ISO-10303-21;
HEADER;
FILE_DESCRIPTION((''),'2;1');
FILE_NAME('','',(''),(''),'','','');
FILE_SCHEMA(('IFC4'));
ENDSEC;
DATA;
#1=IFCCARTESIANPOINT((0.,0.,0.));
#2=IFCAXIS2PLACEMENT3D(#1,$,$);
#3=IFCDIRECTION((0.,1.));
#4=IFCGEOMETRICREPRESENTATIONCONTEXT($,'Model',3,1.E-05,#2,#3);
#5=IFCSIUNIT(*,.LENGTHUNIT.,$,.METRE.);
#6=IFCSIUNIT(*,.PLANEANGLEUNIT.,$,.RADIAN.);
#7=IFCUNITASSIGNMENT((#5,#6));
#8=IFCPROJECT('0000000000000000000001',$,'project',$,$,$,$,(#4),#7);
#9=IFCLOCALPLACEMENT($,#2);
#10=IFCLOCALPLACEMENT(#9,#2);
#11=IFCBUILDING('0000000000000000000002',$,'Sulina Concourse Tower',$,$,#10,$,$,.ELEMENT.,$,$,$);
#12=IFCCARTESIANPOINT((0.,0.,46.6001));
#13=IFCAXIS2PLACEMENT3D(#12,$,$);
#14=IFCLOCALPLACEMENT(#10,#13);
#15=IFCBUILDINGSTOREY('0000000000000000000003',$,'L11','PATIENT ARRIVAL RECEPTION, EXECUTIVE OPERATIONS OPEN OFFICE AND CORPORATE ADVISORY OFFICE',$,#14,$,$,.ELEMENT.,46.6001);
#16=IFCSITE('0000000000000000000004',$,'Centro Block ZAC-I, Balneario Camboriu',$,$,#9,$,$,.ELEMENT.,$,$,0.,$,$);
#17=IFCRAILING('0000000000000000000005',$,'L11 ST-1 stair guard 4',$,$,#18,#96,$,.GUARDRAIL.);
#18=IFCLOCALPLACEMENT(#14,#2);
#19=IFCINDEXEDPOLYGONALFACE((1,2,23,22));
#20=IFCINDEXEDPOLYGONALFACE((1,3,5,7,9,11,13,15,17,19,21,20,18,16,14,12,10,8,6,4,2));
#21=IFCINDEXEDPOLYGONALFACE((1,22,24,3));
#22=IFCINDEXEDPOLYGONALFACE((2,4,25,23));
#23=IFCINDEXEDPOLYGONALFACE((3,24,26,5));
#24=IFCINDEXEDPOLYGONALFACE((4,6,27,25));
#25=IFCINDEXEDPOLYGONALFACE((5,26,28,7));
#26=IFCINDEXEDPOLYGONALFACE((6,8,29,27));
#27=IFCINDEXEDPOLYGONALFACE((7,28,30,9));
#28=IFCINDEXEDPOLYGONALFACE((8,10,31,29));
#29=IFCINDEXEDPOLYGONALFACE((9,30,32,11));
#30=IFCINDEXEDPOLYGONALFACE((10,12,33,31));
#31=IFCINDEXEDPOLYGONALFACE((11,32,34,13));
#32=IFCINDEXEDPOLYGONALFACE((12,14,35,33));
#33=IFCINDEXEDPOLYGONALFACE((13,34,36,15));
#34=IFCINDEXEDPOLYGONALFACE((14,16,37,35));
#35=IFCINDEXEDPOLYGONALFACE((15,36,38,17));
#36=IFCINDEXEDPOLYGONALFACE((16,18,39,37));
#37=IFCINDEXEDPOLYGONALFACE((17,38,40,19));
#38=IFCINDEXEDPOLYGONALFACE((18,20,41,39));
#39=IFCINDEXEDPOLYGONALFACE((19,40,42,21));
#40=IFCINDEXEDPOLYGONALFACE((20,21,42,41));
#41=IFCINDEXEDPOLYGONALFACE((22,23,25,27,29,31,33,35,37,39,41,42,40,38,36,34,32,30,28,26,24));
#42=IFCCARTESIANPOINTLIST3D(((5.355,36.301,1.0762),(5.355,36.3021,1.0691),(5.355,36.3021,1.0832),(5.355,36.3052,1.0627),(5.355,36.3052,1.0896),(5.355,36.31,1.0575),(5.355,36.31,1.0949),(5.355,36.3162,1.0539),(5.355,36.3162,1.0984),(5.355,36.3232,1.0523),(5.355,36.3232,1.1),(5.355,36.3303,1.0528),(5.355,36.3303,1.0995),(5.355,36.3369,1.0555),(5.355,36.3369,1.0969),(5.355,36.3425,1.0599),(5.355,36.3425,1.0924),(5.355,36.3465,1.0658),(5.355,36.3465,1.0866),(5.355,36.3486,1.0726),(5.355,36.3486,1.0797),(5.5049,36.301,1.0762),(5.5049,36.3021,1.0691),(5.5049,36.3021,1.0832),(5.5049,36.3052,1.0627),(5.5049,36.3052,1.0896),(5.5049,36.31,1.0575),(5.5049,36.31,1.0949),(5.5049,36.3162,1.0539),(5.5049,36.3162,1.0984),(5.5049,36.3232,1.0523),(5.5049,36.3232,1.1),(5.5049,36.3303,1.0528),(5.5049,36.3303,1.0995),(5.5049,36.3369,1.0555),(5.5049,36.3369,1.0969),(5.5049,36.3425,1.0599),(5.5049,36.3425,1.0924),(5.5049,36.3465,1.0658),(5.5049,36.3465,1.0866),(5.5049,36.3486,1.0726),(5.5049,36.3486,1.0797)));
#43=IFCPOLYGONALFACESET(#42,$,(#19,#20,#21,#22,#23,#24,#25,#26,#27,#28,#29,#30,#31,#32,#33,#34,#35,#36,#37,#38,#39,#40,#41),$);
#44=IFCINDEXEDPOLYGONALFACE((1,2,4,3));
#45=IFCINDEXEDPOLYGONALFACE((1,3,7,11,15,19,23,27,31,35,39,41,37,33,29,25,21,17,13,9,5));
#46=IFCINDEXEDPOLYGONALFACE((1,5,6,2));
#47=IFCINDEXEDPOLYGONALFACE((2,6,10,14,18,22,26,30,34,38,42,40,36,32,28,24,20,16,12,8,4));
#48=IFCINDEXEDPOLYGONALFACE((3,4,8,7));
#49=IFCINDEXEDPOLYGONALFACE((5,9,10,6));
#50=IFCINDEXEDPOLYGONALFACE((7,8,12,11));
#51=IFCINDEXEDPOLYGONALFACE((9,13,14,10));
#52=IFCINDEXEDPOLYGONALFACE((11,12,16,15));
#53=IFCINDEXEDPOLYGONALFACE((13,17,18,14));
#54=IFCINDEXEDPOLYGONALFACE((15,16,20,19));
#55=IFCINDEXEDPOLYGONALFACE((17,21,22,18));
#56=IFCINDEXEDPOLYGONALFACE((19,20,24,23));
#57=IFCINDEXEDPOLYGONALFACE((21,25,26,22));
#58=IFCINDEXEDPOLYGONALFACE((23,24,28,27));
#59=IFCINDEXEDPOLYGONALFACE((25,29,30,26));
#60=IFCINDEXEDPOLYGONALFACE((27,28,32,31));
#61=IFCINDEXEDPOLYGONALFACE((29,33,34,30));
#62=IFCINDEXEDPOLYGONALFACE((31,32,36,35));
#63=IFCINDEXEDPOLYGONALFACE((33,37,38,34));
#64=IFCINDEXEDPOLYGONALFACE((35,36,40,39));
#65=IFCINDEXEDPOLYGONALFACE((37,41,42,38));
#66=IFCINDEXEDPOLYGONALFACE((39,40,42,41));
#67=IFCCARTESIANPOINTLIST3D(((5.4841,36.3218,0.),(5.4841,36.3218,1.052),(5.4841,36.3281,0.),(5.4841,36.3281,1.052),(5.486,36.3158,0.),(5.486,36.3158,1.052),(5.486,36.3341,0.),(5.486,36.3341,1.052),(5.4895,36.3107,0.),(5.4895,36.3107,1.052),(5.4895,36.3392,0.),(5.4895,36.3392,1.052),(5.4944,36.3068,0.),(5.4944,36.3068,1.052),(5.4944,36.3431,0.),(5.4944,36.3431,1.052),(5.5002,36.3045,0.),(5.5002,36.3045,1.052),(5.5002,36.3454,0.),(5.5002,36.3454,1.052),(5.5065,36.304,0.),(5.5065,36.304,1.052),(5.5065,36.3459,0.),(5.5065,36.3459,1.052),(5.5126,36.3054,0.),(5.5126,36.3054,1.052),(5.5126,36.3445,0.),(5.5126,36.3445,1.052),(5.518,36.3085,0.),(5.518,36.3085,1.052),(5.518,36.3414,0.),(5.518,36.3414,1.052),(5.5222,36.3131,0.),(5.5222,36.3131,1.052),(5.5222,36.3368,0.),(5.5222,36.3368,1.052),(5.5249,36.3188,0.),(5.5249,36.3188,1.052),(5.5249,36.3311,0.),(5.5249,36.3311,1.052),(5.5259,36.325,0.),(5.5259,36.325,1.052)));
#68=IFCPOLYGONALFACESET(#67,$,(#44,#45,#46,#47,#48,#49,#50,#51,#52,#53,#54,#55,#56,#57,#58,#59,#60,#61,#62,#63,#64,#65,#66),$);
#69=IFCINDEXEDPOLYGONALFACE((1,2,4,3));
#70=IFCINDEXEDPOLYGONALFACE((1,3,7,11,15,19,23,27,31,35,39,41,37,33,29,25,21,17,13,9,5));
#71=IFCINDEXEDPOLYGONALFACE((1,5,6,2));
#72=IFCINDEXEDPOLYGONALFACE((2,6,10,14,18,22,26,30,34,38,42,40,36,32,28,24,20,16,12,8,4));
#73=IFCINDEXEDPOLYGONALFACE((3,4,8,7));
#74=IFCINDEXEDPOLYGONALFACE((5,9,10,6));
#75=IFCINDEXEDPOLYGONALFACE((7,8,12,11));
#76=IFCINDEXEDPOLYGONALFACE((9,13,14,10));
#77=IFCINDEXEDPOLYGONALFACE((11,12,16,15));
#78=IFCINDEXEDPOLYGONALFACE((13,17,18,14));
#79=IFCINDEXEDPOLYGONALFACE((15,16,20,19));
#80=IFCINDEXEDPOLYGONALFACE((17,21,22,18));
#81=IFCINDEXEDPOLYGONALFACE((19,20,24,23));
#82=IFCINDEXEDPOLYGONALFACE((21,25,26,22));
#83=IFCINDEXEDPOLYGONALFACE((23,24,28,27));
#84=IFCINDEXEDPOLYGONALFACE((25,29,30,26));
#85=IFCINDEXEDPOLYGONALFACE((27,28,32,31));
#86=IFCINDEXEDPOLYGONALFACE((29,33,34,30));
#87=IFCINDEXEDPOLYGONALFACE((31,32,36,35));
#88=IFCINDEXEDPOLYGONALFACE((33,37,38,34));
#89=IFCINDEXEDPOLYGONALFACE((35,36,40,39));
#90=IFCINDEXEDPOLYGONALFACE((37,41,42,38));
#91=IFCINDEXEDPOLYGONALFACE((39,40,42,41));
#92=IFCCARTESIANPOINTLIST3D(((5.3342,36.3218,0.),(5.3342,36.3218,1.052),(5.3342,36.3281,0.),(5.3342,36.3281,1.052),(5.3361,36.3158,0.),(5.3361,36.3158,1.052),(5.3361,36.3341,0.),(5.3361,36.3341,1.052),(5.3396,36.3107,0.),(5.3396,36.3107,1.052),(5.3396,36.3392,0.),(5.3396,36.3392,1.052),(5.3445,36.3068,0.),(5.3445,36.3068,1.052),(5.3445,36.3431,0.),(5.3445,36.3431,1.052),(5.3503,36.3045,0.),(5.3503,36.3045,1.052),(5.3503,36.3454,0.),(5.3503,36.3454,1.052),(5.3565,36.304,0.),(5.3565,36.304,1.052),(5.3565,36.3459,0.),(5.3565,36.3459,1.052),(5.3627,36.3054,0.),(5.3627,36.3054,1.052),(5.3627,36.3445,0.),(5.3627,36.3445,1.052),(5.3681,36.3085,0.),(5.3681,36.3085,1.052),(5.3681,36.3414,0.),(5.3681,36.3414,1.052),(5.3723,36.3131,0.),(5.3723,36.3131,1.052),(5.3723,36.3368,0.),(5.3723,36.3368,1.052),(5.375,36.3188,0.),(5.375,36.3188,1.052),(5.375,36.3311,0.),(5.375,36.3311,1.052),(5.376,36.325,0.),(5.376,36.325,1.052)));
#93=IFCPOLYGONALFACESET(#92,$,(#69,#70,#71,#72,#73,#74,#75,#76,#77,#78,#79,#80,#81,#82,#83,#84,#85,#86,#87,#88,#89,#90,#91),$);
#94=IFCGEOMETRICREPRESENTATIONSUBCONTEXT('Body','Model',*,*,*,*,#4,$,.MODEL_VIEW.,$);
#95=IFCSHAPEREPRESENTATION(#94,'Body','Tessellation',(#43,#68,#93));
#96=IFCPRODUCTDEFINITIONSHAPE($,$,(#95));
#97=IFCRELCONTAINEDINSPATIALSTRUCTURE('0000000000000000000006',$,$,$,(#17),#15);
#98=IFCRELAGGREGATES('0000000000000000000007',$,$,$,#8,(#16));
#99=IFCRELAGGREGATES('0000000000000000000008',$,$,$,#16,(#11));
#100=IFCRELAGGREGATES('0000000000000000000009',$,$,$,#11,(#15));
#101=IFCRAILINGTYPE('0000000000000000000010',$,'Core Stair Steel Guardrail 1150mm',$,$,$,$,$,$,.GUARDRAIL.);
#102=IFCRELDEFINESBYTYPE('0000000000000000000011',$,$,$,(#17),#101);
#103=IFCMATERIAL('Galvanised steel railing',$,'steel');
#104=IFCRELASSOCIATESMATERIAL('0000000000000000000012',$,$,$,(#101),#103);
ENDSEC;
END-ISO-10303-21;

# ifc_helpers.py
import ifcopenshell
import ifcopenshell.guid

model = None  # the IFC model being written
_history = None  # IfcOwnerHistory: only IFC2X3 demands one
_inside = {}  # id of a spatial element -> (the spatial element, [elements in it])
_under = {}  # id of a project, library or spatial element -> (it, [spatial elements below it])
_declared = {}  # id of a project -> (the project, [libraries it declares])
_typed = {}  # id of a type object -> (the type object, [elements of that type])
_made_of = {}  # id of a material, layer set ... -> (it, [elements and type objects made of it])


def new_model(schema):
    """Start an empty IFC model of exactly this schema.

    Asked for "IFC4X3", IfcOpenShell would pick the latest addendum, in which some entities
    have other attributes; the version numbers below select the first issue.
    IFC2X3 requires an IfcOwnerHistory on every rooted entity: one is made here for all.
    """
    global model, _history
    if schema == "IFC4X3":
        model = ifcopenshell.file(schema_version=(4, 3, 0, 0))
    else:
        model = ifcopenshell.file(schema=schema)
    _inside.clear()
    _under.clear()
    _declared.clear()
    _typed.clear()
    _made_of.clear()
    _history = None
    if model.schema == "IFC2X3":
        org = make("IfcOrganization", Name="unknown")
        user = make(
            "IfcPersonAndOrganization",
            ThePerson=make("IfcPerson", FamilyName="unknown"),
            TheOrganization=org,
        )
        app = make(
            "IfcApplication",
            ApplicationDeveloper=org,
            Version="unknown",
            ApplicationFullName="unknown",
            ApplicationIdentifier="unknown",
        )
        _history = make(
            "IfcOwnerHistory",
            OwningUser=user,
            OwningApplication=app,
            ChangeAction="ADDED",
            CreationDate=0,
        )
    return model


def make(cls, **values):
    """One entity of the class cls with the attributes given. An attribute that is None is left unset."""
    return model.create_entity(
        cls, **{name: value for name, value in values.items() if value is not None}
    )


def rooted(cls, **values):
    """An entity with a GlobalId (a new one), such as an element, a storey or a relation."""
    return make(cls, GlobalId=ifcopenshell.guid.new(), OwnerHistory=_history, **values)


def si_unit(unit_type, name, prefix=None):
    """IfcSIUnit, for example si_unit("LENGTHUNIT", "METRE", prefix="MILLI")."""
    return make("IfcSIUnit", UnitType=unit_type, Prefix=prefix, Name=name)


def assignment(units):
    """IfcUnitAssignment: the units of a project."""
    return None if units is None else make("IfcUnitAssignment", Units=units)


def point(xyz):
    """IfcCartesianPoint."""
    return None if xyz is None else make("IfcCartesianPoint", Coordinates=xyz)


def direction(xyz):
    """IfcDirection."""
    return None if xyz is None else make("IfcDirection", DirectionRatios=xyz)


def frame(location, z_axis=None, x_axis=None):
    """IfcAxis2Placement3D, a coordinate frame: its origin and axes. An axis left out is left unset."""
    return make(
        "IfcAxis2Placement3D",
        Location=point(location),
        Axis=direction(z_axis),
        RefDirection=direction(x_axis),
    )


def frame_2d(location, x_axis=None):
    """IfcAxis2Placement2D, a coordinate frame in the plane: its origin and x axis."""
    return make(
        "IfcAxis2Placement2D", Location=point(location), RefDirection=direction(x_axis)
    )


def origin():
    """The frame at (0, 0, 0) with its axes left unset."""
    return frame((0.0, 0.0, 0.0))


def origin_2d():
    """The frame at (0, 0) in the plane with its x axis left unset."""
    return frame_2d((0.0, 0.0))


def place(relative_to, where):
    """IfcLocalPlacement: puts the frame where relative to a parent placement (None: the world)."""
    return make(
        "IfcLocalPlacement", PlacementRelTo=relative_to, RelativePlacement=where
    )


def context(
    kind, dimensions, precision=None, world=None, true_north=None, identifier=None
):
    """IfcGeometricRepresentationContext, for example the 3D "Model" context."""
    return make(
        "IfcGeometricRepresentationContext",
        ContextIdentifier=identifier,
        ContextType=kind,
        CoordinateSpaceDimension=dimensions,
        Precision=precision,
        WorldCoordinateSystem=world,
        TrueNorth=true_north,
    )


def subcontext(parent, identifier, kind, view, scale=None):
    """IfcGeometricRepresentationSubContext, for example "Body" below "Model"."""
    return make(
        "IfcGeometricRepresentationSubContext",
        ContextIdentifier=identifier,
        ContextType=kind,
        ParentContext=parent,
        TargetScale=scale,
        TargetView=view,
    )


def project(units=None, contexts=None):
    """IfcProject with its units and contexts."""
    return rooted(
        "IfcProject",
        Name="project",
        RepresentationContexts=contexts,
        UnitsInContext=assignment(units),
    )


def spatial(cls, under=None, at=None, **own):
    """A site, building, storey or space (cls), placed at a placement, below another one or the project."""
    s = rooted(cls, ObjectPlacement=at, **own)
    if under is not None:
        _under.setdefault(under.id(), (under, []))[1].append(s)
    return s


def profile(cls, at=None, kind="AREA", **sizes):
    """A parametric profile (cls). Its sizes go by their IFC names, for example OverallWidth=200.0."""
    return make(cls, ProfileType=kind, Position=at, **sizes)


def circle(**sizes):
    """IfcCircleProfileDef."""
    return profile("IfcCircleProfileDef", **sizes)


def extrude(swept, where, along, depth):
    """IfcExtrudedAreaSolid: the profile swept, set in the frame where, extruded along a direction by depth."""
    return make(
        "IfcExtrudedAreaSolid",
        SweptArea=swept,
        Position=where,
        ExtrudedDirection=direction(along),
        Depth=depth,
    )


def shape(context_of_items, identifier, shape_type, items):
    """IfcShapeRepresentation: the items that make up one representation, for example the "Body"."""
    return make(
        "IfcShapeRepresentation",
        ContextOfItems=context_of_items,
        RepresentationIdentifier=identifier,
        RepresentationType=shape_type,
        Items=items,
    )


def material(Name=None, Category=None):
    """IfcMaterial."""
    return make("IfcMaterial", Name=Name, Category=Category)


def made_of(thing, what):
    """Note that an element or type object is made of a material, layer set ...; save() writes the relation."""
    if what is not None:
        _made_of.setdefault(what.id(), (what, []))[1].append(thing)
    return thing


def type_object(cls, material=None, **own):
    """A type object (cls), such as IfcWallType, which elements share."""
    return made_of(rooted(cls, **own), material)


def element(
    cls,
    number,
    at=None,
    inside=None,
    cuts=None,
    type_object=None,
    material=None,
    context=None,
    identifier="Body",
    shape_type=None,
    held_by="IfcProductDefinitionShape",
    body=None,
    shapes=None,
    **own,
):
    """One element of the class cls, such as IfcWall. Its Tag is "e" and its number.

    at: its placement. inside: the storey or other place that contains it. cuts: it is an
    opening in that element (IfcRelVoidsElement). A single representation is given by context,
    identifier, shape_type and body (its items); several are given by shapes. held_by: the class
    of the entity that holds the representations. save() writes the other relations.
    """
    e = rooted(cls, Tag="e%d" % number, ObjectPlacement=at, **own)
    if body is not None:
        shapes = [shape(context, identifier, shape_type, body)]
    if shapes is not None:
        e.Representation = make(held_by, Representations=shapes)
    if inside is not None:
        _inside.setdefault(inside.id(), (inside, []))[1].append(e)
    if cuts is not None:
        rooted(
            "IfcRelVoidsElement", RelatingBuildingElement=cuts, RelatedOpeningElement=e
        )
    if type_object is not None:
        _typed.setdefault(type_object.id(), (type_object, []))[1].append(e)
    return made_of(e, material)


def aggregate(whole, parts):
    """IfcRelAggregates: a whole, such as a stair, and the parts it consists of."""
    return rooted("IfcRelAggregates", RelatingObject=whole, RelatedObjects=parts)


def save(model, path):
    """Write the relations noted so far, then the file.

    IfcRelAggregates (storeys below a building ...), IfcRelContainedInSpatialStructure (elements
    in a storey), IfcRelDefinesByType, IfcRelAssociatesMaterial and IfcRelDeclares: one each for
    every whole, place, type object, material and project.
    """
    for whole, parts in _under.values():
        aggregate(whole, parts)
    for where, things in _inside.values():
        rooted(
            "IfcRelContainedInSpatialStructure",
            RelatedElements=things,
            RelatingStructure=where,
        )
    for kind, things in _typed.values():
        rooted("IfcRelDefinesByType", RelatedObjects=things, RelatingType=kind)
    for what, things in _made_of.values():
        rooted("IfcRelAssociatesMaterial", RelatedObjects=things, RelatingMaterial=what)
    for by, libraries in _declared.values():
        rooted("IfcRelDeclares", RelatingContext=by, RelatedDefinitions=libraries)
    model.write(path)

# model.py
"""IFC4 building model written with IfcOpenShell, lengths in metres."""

from ifc_helpers import new_model, si_unit, direction, frame, origin, origin_2d, place, context, subcontext, project, spatial, circle, extrude, material, type_object, element, save


model = new_model("IFC4")

# Units and contexts
model_context = context("Model", 3, precision=1e-05, world=origin(), true_north=direction((0.0, 1.0)))
body_context = subcontext(model_context, "Body", "Model", "MODEL_VIEW")
ifc_project = project(units=[si_unit("LENGTHUNIT", "METRE"), si_unit("PLANEANGLEUNIT", "RADIAN")], contexts=[model_context])

# Site, building, storey
site_placement = place(None, origin())
site = spatial("IfcSite", under=ifc_project, at=site_placement, Name="Centro Block ZAC-I, Balneario Camboriu", CompositionType="ELEMENT", RefElevation=0.0)
building_placement = place(site_placement, origin())
building = spatial("IfcBuilding", under=site, at=building_placement, Name="Sulina Concourse Tower", CompositionType="ELEMENT")
storey_placement = place(building_placement, frame((0.0, 0.0, 46.6001)))
storey = spatial("IfcBuildingStorey", under=building, at=storey_placement, Name="L11", Description="PATIENT ARRIVAL RECEPTION, EXECUTIVE OPERATIONS OPEN OFFICE AND CORPORATE ADVISORY OFFICE", CompositionType="ELEMENT", Elevation=46.6001)

# Railing
ifc_material_1 = material(Name="Galvanised steel railing", Category="steel")
railing_type_1 = type_object("IfcRailingType", Name="Core Stair Steel Guardrail 1150mm", PredefinedType="GUARDRAIL", material=ifc_material_1)
railing_1_placement = place(storey_placement, frame((5.5049, 36.325, 0.0)))
element("IfcRailing", 1, at=railing_1_placement, inside=storey, type_object=railing_type_1, Name="L11 ST-1 stair guard 4", PredefinedType="GUARDRAIL", context=body_context, shape_type="SweptSolid", body=[
    extrude(circle(Radius=0.0239, at=origin_2d()), frame((0.0, 0.0, 1.0762), z_axis=(-1.0, 0.0, 0.0), x_axis=(0.0, -1.0, 0.0)), (0.0, 0.0, 1.0), 0.1499),
    extrude(circle(Radius=0.021, at=origin_2d()), origin(), (0.0, 0.0, 1.0), 1.052),
    extrude(circle(Radius=0.021, at=origin_2d()), frame((-0.1499, 0.0, 0.0)), (0.0, 0.0, 1.0), 1.052),
])

save(model, "model.ifc")
